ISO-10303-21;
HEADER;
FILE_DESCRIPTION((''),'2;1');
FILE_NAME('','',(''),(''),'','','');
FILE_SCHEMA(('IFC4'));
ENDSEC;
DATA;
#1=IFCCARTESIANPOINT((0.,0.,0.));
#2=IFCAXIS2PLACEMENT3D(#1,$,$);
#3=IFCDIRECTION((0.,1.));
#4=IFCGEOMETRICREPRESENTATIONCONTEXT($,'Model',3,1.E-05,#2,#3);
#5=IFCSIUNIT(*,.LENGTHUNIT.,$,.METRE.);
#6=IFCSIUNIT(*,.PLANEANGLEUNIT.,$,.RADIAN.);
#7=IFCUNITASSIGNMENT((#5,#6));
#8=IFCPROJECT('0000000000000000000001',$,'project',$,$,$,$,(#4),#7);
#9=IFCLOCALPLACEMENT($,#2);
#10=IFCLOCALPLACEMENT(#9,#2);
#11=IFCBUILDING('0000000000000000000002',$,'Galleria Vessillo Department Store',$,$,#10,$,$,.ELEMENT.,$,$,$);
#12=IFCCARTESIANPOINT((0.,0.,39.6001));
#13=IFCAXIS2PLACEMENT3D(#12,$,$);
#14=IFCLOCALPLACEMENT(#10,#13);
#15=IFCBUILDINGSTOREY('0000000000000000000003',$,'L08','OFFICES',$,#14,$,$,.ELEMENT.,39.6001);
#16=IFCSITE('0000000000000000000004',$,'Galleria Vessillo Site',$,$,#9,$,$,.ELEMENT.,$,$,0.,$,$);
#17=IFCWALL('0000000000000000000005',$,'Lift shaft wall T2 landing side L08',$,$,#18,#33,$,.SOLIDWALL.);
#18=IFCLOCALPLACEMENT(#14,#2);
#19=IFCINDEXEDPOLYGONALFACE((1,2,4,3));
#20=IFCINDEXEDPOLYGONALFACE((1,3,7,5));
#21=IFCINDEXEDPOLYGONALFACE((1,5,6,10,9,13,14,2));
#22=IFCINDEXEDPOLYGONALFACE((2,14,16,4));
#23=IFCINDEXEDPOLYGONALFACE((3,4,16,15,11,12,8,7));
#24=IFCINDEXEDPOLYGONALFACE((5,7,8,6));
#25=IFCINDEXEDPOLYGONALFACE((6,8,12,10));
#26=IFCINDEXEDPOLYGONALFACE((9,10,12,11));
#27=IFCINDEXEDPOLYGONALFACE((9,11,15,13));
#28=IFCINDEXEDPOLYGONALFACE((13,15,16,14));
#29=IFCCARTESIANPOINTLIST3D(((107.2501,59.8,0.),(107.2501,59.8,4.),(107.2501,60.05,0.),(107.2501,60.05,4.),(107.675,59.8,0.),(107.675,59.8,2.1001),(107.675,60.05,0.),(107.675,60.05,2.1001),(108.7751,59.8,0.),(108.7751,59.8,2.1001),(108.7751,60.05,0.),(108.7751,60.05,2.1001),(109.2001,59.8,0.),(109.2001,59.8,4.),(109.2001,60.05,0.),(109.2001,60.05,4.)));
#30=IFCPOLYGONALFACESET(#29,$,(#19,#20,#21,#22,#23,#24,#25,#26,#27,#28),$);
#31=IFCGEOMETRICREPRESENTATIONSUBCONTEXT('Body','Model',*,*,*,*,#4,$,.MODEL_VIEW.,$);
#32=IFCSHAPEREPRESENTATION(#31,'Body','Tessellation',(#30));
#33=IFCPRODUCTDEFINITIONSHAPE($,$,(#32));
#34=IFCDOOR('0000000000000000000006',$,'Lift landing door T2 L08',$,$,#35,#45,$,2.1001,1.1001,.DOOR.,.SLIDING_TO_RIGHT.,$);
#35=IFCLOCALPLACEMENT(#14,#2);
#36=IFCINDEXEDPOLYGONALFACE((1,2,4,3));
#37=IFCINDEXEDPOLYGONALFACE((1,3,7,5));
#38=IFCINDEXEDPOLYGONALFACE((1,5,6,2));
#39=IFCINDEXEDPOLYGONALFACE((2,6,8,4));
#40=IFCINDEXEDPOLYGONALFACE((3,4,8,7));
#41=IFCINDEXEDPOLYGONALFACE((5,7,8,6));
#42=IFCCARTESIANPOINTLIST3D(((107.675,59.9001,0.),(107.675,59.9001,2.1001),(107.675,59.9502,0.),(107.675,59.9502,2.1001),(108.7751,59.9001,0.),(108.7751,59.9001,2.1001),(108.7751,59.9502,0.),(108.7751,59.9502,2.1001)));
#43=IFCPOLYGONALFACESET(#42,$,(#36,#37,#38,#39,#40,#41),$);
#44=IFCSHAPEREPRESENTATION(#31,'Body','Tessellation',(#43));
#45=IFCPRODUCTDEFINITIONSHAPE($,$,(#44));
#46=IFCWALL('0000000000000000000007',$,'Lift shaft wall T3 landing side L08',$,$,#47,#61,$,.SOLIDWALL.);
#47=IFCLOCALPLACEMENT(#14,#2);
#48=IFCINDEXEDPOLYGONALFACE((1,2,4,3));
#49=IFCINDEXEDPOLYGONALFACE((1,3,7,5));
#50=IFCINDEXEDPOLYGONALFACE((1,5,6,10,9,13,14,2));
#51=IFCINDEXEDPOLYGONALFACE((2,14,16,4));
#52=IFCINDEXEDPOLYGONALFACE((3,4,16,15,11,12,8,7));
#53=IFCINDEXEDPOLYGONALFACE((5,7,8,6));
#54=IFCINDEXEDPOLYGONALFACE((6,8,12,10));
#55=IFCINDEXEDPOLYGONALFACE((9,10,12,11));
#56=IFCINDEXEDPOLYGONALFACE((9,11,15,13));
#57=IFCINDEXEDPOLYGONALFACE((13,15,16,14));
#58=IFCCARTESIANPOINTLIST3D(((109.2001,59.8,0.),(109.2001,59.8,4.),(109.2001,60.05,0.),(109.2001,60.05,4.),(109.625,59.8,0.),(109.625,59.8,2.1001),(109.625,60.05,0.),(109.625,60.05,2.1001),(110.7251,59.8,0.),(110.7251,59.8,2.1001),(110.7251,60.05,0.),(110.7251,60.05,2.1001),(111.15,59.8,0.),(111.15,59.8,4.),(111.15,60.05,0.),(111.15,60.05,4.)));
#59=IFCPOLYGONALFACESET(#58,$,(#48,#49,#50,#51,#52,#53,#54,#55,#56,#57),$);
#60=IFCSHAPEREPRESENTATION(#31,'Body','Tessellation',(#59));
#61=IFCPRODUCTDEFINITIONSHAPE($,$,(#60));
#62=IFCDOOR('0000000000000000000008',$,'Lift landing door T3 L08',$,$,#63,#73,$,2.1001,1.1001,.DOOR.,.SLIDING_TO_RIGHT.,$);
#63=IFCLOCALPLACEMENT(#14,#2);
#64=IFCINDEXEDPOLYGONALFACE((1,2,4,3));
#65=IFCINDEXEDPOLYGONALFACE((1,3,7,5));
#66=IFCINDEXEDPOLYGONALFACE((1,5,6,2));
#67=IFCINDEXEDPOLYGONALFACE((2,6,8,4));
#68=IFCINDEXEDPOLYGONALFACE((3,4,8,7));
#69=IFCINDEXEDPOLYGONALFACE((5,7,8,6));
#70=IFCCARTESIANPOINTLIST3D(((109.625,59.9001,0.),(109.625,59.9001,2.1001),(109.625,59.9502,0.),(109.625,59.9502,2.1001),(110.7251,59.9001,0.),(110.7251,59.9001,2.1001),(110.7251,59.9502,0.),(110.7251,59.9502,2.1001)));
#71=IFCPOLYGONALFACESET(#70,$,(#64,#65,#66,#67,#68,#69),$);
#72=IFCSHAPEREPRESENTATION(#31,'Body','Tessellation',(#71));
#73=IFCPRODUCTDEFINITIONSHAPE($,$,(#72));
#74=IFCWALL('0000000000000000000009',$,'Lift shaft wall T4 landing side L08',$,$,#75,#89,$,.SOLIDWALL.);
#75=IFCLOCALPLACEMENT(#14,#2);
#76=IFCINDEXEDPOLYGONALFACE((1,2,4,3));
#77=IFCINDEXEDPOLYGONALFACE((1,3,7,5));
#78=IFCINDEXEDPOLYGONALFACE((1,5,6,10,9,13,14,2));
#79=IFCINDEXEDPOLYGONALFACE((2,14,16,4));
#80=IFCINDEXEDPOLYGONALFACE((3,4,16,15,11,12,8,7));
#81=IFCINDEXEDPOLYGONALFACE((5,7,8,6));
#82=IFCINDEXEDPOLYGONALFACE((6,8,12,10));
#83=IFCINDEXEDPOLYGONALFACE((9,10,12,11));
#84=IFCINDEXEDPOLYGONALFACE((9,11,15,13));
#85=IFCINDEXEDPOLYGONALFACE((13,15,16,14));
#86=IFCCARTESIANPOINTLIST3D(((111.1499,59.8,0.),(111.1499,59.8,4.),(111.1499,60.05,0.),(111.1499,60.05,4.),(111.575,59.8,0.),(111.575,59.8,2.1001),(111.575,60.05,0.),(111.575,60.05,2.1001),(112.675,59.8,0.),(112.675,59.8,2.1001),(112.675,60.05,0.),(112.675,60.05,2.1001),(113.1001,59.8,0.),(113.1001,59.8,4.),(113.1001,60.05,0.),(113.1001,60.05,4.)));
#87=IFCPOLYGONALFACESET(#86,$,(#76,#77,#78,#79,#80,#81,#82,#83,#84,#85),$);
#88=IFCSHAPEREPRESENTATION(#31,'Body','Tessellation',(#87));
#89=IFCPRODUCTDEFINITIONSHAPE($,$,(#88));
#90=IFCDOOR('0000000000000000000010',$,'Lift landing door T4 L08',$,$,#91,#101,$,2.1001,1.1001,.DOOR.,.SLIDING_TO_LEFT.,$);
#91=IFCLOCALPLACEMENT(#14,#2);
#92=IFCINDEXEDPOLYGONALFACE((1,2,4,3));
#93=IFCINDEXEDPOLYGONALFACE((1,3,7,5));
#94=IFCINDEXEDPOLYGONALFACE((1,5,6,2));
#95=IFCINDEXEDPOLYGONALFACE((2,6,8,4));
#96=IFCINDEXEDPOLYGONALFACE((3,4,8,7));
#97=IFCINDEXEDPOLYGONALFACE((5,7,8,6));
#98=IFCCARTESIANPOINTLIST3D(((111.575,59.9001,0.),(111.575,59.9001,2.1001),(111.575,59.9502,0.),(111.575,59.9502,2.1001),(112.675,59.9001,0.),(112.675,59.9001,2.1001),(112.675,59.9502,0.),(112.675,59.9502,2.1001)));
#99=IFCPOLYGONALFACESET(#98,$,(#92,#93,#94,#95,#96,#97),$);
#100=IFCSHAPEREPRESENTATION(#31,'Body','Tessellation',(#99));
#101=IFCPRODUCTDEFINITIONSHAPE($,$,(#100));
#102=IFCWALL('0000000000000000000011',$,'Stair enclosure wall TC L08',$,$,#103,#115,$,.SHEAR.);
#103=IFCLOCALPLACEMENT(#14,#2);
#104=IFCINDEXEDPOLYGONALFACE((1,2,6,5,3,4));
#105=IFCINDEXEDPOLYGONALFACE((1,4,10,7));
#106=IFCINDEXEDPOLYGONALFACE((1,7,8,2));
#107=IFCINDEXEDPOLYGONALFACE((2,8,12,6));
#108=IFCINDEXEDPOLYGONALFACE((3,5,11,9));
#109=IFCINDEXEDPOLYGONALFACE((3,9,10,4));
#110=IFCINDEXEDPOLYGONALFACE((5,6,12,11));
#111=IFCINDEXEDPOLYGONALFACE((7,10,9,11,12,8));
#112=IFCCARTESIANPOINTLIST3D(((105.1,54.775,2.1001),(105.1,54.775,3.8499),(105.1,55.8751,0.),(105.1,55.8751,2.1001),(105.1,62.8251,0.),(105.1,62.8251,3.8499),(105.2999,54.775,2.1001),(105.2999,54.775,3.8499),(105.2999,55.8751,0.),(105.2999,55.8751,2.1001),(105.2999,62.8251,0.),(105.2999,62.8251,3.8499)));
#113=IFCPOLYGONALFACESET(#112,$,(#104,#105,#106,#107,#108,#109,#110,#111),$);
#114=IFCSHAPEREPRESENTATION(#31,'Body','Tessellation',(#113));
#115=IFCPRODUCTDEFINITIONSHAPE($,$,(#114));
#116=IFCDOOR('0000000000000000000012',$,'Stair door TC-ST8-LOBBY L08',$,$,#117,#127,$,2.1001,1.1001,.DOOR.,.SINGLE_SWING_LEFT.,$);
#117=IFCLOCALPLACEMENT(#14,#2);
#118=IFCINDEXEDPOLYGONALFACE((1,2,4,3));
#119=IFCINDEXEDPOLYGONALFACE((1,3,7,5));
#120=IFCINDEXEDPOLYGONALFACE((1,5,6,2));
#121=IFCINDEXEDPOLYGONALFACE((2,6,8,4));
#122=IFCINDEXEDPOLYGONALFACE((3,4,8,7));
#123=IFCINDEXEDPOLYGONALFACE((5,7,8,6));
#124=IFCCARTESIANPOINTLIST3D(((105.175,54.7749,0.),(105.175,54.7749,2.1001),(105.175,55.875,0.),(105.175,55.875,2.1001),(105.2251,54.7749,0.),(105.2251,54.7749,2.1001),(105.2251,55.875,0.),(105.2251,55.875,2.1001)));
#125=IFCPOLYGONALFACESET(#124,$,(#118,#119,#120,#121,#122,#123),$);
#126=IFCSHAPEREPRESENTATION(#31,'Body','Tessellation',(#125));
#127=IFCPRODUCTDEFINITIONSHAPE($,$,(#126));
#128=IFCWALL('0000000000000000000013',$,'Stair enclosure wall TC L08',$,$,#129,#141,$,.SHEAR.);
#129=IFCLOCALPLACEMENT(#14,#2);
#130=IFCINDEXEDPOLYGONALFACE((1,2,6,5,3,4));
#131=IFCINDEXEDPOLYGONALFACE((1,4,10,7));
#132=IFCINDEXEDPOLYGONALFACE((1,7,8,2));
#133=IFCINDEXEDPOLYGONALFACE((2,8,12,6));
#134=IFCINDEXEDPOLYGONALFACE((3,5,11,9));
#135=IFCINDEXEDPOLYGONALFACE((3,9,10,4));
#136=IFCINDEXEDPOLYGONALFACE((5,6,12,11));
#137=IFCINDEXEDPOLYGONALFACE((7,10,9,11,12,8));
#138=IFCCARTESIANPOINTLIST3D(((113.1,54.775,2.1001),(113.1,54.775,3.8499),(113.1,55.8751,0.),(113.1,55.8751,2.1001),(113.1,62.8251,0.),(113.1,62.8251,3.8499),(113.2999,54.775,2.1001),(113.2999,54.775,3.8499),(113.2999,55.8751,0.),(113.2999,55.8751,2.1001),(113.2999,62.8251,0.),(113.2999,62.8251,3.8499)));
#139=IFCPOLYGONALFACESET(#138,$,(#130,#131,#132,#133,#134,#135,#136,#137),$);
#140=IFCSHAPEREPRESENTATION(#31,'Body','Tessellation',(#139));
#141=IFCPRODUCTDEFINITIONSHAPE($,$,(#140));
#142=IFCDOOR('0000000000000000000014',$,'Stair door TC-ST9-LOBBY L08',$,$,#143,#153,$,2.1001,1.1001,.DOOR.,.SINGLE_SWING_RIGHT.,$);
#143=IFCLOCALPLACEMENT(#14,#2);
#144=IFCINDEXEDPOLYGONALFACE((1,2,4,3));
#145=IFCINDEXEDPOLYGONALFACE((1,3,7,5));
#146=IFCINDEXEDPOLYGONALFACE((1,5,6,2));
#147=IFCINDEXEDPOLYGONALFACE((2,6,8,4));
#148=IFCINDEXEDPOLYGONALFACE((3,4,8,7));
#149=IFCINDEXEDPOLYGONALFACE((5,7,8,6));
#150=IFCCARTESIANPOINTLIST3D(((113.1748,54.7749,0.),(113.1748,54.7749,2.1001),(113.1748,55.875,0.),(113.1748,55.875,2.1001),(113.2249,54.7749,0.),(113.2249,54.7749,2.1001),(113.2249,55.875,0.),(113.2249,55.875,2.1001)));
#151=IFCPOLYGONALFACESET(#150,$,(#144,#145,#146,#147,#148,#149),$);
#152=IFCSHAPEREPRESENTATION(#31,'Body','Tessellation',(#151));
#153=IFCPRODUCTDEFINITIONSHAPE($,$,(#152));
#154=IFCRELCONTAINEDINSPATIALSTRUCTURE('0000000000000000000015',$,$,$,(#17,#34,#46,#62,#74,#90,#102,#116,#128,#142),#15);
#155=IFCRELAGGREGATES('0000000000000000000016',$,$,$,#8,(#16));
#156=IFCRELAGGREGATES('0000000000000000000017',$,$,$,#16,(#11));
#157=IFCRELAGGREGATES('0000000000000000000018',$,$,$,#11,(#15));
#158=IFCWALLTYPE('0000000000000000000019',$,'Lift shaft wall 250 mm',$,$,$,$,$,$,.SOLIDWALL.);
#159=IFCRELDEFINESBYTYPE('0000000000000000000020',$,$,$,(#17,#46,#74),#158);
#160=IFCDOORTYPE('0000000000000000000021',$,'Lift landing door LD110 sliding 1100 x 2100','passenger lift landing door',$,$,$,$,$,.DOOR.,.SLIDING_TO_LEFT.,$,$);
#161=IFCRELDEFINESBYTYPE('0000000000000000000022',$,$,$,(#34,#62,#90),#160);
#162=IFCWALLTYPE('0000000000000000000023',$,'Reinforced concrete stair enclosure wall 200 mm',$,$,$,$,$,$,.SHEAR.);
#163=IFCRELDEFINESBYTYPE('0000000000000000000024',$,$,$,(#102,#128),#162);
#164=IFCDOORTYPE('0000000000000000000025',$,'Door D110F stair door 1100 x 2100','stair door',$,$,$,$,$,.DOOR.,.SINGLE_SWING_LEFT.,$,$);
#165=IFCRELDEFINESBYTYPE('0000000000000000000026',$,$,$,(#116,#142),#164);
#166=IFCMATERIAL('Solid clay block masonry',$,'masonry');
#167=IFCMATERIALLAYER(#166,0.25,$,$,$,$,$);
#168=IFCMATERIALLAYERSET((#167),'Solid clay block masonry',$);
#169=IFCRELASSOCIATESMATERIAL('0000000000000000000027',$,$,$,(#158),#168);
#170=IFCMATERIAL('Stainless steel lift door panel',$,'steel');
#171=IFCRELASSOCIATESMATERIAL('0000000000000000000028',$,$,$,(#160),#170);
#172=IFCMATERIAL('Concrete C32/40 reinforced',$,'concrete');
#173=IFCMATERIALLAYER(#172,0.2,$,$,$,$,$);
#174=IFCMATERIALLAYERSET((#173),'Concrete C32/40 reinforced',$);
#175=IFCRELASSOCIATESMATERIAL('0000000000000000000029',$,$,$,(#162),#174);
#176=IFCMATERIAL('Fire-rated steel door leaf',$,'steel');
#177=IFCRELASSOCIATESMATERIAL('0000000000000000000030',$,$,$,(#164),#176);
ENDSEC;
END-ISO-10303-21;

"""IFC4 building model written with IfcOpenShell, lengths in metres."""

from ifc_helpers import new_model, si_unit, direction, frame, frame_2d, origin, place, context, subcontext, project, spatial, rectangle, extrude, material, layer, layer_set, type_object, element, fill, save


model = new_model("IFC4")

# Units and contexts
model_context = context("Model", 3, precision=1e-05, world=origin(), true_north=direction((0.0, 1.0)))
body_context = subcontext(model_context, "Body", "Model", "MODEL_VIEW")
ifc_project = project(units=[si_unit("LENGTHUNIT", "METRE"), si_unit("PLANEANGLEUNIT", "RADIAN")], contexts=[model_context])

# Site, building, storey
site_placement = place(None, origin())
site = spatial("IfcSite", under=ifc_project, at=site_placement, Name="Galleria Vessillo Site", CompositionType="ELEMENT", RefElevation=0.0)
building_placement = place(site_placement, origin())
building = spatial("IfcBuilding", under=site, at=building_placement, Name="Galleria Vessillo Department Store", CompositionType="ELEMENT")
storey_placement = place(building_placement, frame((0.0, 0.0, 39.6001)))
storey = spatial("IfcBuildingStorey", under=building, at=storey_placement, Name="L08", Description="OFFICES", CompositionType="ELEMENT", Elevation=39.6001)

# Walls, openings, doors
ifc_material_1 = material(Name="Solid clay block masonry", Category="masonry")
ifc_layer_1 = layer(ifc_material_1, 0.25)
ifc_layer_set_1 = layer_set([ifc_layer_1], Name="Solid clay block masonry")
wall_type_1 = type_object("IfcWallType", Name="Lift shaft wall 250 mm", PredefinedType="SOLIDWALL", material=ifc_layer_set_1)
ifc_material_2 = material(Name="Stainless steel lift door panel", Category="steel")
door_type_1 = type_object("IfcDoorType", Name="Lift landing door LD110 sliding 1100 x 2100", Description="passenger lift landing door", OperationType="SLIDING_TO_LEFT", PredefinedType="DOOR", material=ifc_material_2)
wall_1_placement = place(storey_placement, frame((107.25, 59.925, 0.0), z_axis=(0.0, 0.0, 1.0), x_axis=(1.0, 0.0, 0.0)))
wall_1 = element("IfcWall", 1, at=wall_1_placement, inside=storey, type_object=wall_type_1, Name="Lift shaft wall T2 landing side L08", PredefinedType="SOLIDWALL", context=body_context, shape_type="SweptSolid", body=[
    extrude(rectangle(XDim=1.95, YDim=0.25, at=frame_2d((0.9751, 0.0))), origin(), (0.0, 0.0, 1.0), 4.0),
])
opening_1_placement = place(wall_1_placement, frame((0.425, 0.0, 0.0)))
opening_1 = element("IfcOpeningElement", 2, at=opening_1_placement, cuts=wall_1, PredefinedType="OPENING", context=body_context, shape_type="SweptSolid", body=[
    extrude(rectangle(XDim=1.1001, YDim=2.1001, at=frame_2d((0.55, 1.05))), frame((0.0, 0.135, 0.0), z_axis=(0.0, -1.0, 0.0), x_axis=(1.0, 0.0, 0.0)), (0.0, 0.0, 1.0), 0.27),
])
door_1_placement = place(opening_1_placement, frame((1.1001, 0.0, 0.0), z_axis=(0.0, 0.0, 1.0), x_axis=(-1.0, 0.0, 0.0)))
door_1 = element("IfcDoor", 3, at=door_1_placement, inside=storey, type_object=door_type_1, Name="Lift landing door T2 L08", OperationType="SLIDING_TO_RIGHT", OverallHeight=2.1001, OverallWidth=1.1001, PredefinedType="DOOR", context=body_context, shape_type="SweptSolid", body=[
    extrude(rectangle(XDim=1.1001, YDim=2.1001, at=frame_2d((0.55, 1.05))), frame((0.0, 0.0249, 0.0), z_axis=(0.0, -1.0, 0.0), x_axis=(1.0, 0.0, 0.0)), (0.0, 0.0, 1.0), 0.05),
])
fill(opening_1, door_1)
wall_2_placement = place(storey_placement, frame((109.2, 59.925, 0.0), z_axis=(0.0, 0.0, 1.0), x_axis=(1.0, 0.0, 0.0)))
wall_2 = element("IfcWall", 4, at=wall_2_placement, inside=storey, type_object=wall_type_1, Name="Lift shaft wall T3 landing side L08", PredefinedType="SOLIDWALL", context=body_context, shape_type="SweptSolid", body=[
    extrude(rectangle(XDim=1.95, YDim=0.25, at=frame_2d((0.9751, 0.0))), origin(), (0.0, 0.0, 1.0), 4.0),
])
opening_2_placement = place(wall_2_placement, frame((0.425, 0.0, 0.0)))
opening_2 = element("IfcOpeningElement", 5, at=opening_2_placement, cuts=wall_2, PredefinedType="OPENING", context=body_context, shape_type="SweptSolid", body=[
    extrude(rectangle(XDim=1.1001, YDim=2.1001, at=frame_2d((0.55, 1.05))), frame((0.0, 0.135, 0.0), z_axis=(0.0, -1.0, 0.0), x_axis=(1.0, 0.0, 0.0)), (0.0, 0.0, 1.0), 0.27),
])
door_2_placement = place(opening_2_placement, frame((1.1001, 0.0, 0.0), z_axis=(0.0, 0.0, 1.0), x_axis=(-1.0, 0.0, 0.0)))
door_2 = element("IfcDoor", 6, at=door_2_placement, inside=storey, type_object=door_type_1, Name="Lift landing door T3 L08", OperationType="SLIDING_TO_RIGHT", OverallHeight=2.1001, OverallWidth=1.1001, PredefinedType="DOOR", context=body_context, shape_type="SweptSolid", body=[
    extrude(rectangle(XDim=1.1001, YDim=2.1001, at=frame_2d((0.55, 1.05))), frame((0.0, 0.0249, 0.0), z_axis=(0.0, -1.0, 0.0), x_axis=(1.0, 0.0, 0.0)), (0.0, 0.0, 1.0), 0.05),
])
fill(opening_2, door_2)
wall_3_placement = place(storey_placement, frame((111.1499, 59.925, 0.0), z_axis=(0.0, 0.0, 1.0), x_axis=(1.0, 0.0, 0.0)))
wall_3 = element("IfcWall", 7, at=wall_3_placement, inside=storey, type_object=wall_type_1, Name="Lift shaft wall T4 landing side L08", PredefinedType="SOLIDWALL", context=body_context, shape_type="SweptSolid", body=[
    extrude(rectangle(XDim=1.9502, YDim=0.25, at=frame_2d((0.9751, 0.0))), origin(), (0.0, 0.0, 1.0), 4.0),
])
opening_3_placement = place(wall_3_placement, frame((0.425, 0.0, 0.0)))
opening_3 = element("IfcOpeningElement", 8, at=opening_3_placement, cuts=wall_3, PredefinedType="OPENING", context=body_context, shape_type="SweptSolid", body=[
    extrude(rectangle(XDim=1.1001, YDim=2.1001, at=frame_2d((0.55, 1.05))), frame((0.0, 0.135, 0.0), z_axis=(0.0, -1.0, 0.0), x_axis=(1.0, 0.0, 0.0)), (0.0, 0.0, 1.0), 0.27),
])
door_3_placement = place(opening_3_placement, frame((1.1001, 0.0, 0.0), z_axis=(0.0, 0.0, 1.0), x_axis=(-1.0, 0.0, 0.0)))
door_3 = element("IfcDoor", 9, at=door_3_placement, inside=storey, type_object=door_type_1, Name="Lift landing door T4 L08", OperationType="SLIDING_TO_LEFT", OverallHeight=2.1001, OverallWidth=1.1001, PredefinedType="DOOR", context=body_context, shape_type="SweptSolid", body=[
    extrude(rectangle(XDim=1.1001, YDim=2.1001, at=frame_2d((0.55, 1.05))), frame((0.0, 0.0249, 0.0), z_axis=(0.0, -1.0, 0.0), x_axis=(1.0, 0.0, 0.0)), (0.0, 0.0, 1.0), 0.05),
])
fill(opening_3, door_3)
ifc_material_3 = material(Name="Concrete C32/40 reinforced", Category="concrete")
ifc_layer_2 = layer(ifc_material_3, 0.2)
ifc_layer_set_2 = layer_set([ifc_layer_2], Name="Concrete C32/40 reinforced")
wall_type_2 = type_object("IfcWallType", Name="Reinforced concrete stair enclosure wall 200 mm", PredefinedType="SHEAR", material=ifc_layer_set_2)
wall_4_placement = place(storey_placement, frame((105.2, 62.825, 0.0), z_axis=(0.0, 0.0, 1.0), x_axis=(0.0, -1.0, 0.0)))
wall_4 = element("IfcWall", 10, at=wall_4_placement, inside=storey, type_object=wall_type_2, Name="Stair enclosure wall TC L08", PredefinedType="SHEAR", context=body_context, shape_type="SweptSolid", body=[
    extrude(rectangle(XDim=8.05, YDim=0.2, at=frame_2d((4.0249, 0.0))), origin(), (0.0, 0.0, 1.0), 3.8499),
])
opening_4_placement = place(wall_4_placement, frame((6.95, 0.0, 0.0)))
opening_4 = element("IfcOpeningElement", 11, at=opening_4_placement, cuts=wall_4, PredefinedType="OPENING", context=body_context, shape_type="SweptSolid", body=[
    extrude(rectangle(XDim=1.1101, YDim=2.1001, at=frame_2d((0.5549, 1.05))), frame((0.0, 0.1099, 0.0), z_axis=(0.0, -1.0, 0.0), x_axis=(1.0, 0.0, 0.0)), (0.0, 0.0, 1.0), 0.22),
])
ifc_material_4 = material(Name="Fire-rated steel door leaf", Category="steel")
door_type_2 = type_object("IfcDoorType", Name="Door D110F stair door 1100 x 2100", Description="stair door", OperationType="SINGLE_SWING_LEFT", PredefinedType="DOOR", material=ifc_material_4)
door_4_placement = place(opening_4_placement, frame((1.1001, 0.0, 0.0), z_axis=(0.0, 0.0, 1.0), x_axis=(-1.0, 0.0, 0.0)))
door_4 = element("IfcDoor", 12, at=door_4_placement, inside=storey, type_object=door_type_2, Name="Stair door TC-ST8-LOBBY L08", OperationType="SINGLE_SWING_LEFT", OverallHeight=2.1001, OverallWidth=1.1001, PredefinedType="DOOR", context=body_context, shape_type="SweptSolid", body=[
    extrude(rectangle(XDim=1.1001, YDim=2.1001, at=frame_2d((0.55, 1.05))), frame((0.0, 0.0249, 0.0), z_axis=(0.0, -1.0, 0.0), x_axis=(1.0, 0.0, 0.0)), (0.0, 0.0, 1.0), 0.05),
])
fill(opening_4, door_4)
wall_5_placement = place(storey_placement, frame((113.2, 62.825, 0.0), z_axis=(0.0, 0.0, 1.0), x_axis=(0.0, -1.0, 0.0)))
wall_5 = element("IfcWall", 13, at=wall_5_placement, inside=storey, type_object=wall_type_2, Name="Stair enclosure wall TC L08", PredefinedType="SHEAR", context=body_context, shape_type="SweptSolid", body=[
    extrude(rectangle(XDim=8.05, YDim=0.2, at=frame_2d((4.0249, 0.0))), origin(), (0.0, 0.0, 1.0), 3.8499),
])
opening_5_placement = place(wall_5_placement, frame((6.95, 0.0, 0.0)))
opening_5 = element("IfcOpeningElement", 14, at=opening_5_placement, cuts=wall_5, PredefinedType="OPENING", context=body_context, shape_type="SweptSolid", body=[
    extrude(rectangle(XDim=1.1101, YDim=2.1001, at=frame_2d((0.5549, 1.05))), frame((0.0, 0.1099, 0.0), z_axis=(0.0, -1.0, 0.0), x_axis=(1.0, 0.0, 0.0)), (0.0, 0.0, 1.0), 0.22),
])
door_5_placement = place(opening_5_placement, origin())
door_5 = element("IfcDoor", 15, at=door_5_placement, inside=storey, type_object=door_type_2, Name="Stair door TC-ST9-LOBBY L08", OperationType="SINGLE_SWING_RIGHT", OverallHeight=2.1001, OverallWidth=1.1001, PredefinedType="DOOR", context=body_context, shape_type="SweptSolid", body=[
    extrude(rectangle(XDim=1.1001, YDim=2.1001, at=frame_2d((0.55, 1.05))), frame((0.0, 0.0249, 0.0), z_axis=(0.0, -1.0, 0.0), x_axis=(1.0, 0.0, 0.0)), (0.0, 0.0, 1.0), 0.05),
])
fill(opening_5, door_5)

save(model, "model.ifc")
